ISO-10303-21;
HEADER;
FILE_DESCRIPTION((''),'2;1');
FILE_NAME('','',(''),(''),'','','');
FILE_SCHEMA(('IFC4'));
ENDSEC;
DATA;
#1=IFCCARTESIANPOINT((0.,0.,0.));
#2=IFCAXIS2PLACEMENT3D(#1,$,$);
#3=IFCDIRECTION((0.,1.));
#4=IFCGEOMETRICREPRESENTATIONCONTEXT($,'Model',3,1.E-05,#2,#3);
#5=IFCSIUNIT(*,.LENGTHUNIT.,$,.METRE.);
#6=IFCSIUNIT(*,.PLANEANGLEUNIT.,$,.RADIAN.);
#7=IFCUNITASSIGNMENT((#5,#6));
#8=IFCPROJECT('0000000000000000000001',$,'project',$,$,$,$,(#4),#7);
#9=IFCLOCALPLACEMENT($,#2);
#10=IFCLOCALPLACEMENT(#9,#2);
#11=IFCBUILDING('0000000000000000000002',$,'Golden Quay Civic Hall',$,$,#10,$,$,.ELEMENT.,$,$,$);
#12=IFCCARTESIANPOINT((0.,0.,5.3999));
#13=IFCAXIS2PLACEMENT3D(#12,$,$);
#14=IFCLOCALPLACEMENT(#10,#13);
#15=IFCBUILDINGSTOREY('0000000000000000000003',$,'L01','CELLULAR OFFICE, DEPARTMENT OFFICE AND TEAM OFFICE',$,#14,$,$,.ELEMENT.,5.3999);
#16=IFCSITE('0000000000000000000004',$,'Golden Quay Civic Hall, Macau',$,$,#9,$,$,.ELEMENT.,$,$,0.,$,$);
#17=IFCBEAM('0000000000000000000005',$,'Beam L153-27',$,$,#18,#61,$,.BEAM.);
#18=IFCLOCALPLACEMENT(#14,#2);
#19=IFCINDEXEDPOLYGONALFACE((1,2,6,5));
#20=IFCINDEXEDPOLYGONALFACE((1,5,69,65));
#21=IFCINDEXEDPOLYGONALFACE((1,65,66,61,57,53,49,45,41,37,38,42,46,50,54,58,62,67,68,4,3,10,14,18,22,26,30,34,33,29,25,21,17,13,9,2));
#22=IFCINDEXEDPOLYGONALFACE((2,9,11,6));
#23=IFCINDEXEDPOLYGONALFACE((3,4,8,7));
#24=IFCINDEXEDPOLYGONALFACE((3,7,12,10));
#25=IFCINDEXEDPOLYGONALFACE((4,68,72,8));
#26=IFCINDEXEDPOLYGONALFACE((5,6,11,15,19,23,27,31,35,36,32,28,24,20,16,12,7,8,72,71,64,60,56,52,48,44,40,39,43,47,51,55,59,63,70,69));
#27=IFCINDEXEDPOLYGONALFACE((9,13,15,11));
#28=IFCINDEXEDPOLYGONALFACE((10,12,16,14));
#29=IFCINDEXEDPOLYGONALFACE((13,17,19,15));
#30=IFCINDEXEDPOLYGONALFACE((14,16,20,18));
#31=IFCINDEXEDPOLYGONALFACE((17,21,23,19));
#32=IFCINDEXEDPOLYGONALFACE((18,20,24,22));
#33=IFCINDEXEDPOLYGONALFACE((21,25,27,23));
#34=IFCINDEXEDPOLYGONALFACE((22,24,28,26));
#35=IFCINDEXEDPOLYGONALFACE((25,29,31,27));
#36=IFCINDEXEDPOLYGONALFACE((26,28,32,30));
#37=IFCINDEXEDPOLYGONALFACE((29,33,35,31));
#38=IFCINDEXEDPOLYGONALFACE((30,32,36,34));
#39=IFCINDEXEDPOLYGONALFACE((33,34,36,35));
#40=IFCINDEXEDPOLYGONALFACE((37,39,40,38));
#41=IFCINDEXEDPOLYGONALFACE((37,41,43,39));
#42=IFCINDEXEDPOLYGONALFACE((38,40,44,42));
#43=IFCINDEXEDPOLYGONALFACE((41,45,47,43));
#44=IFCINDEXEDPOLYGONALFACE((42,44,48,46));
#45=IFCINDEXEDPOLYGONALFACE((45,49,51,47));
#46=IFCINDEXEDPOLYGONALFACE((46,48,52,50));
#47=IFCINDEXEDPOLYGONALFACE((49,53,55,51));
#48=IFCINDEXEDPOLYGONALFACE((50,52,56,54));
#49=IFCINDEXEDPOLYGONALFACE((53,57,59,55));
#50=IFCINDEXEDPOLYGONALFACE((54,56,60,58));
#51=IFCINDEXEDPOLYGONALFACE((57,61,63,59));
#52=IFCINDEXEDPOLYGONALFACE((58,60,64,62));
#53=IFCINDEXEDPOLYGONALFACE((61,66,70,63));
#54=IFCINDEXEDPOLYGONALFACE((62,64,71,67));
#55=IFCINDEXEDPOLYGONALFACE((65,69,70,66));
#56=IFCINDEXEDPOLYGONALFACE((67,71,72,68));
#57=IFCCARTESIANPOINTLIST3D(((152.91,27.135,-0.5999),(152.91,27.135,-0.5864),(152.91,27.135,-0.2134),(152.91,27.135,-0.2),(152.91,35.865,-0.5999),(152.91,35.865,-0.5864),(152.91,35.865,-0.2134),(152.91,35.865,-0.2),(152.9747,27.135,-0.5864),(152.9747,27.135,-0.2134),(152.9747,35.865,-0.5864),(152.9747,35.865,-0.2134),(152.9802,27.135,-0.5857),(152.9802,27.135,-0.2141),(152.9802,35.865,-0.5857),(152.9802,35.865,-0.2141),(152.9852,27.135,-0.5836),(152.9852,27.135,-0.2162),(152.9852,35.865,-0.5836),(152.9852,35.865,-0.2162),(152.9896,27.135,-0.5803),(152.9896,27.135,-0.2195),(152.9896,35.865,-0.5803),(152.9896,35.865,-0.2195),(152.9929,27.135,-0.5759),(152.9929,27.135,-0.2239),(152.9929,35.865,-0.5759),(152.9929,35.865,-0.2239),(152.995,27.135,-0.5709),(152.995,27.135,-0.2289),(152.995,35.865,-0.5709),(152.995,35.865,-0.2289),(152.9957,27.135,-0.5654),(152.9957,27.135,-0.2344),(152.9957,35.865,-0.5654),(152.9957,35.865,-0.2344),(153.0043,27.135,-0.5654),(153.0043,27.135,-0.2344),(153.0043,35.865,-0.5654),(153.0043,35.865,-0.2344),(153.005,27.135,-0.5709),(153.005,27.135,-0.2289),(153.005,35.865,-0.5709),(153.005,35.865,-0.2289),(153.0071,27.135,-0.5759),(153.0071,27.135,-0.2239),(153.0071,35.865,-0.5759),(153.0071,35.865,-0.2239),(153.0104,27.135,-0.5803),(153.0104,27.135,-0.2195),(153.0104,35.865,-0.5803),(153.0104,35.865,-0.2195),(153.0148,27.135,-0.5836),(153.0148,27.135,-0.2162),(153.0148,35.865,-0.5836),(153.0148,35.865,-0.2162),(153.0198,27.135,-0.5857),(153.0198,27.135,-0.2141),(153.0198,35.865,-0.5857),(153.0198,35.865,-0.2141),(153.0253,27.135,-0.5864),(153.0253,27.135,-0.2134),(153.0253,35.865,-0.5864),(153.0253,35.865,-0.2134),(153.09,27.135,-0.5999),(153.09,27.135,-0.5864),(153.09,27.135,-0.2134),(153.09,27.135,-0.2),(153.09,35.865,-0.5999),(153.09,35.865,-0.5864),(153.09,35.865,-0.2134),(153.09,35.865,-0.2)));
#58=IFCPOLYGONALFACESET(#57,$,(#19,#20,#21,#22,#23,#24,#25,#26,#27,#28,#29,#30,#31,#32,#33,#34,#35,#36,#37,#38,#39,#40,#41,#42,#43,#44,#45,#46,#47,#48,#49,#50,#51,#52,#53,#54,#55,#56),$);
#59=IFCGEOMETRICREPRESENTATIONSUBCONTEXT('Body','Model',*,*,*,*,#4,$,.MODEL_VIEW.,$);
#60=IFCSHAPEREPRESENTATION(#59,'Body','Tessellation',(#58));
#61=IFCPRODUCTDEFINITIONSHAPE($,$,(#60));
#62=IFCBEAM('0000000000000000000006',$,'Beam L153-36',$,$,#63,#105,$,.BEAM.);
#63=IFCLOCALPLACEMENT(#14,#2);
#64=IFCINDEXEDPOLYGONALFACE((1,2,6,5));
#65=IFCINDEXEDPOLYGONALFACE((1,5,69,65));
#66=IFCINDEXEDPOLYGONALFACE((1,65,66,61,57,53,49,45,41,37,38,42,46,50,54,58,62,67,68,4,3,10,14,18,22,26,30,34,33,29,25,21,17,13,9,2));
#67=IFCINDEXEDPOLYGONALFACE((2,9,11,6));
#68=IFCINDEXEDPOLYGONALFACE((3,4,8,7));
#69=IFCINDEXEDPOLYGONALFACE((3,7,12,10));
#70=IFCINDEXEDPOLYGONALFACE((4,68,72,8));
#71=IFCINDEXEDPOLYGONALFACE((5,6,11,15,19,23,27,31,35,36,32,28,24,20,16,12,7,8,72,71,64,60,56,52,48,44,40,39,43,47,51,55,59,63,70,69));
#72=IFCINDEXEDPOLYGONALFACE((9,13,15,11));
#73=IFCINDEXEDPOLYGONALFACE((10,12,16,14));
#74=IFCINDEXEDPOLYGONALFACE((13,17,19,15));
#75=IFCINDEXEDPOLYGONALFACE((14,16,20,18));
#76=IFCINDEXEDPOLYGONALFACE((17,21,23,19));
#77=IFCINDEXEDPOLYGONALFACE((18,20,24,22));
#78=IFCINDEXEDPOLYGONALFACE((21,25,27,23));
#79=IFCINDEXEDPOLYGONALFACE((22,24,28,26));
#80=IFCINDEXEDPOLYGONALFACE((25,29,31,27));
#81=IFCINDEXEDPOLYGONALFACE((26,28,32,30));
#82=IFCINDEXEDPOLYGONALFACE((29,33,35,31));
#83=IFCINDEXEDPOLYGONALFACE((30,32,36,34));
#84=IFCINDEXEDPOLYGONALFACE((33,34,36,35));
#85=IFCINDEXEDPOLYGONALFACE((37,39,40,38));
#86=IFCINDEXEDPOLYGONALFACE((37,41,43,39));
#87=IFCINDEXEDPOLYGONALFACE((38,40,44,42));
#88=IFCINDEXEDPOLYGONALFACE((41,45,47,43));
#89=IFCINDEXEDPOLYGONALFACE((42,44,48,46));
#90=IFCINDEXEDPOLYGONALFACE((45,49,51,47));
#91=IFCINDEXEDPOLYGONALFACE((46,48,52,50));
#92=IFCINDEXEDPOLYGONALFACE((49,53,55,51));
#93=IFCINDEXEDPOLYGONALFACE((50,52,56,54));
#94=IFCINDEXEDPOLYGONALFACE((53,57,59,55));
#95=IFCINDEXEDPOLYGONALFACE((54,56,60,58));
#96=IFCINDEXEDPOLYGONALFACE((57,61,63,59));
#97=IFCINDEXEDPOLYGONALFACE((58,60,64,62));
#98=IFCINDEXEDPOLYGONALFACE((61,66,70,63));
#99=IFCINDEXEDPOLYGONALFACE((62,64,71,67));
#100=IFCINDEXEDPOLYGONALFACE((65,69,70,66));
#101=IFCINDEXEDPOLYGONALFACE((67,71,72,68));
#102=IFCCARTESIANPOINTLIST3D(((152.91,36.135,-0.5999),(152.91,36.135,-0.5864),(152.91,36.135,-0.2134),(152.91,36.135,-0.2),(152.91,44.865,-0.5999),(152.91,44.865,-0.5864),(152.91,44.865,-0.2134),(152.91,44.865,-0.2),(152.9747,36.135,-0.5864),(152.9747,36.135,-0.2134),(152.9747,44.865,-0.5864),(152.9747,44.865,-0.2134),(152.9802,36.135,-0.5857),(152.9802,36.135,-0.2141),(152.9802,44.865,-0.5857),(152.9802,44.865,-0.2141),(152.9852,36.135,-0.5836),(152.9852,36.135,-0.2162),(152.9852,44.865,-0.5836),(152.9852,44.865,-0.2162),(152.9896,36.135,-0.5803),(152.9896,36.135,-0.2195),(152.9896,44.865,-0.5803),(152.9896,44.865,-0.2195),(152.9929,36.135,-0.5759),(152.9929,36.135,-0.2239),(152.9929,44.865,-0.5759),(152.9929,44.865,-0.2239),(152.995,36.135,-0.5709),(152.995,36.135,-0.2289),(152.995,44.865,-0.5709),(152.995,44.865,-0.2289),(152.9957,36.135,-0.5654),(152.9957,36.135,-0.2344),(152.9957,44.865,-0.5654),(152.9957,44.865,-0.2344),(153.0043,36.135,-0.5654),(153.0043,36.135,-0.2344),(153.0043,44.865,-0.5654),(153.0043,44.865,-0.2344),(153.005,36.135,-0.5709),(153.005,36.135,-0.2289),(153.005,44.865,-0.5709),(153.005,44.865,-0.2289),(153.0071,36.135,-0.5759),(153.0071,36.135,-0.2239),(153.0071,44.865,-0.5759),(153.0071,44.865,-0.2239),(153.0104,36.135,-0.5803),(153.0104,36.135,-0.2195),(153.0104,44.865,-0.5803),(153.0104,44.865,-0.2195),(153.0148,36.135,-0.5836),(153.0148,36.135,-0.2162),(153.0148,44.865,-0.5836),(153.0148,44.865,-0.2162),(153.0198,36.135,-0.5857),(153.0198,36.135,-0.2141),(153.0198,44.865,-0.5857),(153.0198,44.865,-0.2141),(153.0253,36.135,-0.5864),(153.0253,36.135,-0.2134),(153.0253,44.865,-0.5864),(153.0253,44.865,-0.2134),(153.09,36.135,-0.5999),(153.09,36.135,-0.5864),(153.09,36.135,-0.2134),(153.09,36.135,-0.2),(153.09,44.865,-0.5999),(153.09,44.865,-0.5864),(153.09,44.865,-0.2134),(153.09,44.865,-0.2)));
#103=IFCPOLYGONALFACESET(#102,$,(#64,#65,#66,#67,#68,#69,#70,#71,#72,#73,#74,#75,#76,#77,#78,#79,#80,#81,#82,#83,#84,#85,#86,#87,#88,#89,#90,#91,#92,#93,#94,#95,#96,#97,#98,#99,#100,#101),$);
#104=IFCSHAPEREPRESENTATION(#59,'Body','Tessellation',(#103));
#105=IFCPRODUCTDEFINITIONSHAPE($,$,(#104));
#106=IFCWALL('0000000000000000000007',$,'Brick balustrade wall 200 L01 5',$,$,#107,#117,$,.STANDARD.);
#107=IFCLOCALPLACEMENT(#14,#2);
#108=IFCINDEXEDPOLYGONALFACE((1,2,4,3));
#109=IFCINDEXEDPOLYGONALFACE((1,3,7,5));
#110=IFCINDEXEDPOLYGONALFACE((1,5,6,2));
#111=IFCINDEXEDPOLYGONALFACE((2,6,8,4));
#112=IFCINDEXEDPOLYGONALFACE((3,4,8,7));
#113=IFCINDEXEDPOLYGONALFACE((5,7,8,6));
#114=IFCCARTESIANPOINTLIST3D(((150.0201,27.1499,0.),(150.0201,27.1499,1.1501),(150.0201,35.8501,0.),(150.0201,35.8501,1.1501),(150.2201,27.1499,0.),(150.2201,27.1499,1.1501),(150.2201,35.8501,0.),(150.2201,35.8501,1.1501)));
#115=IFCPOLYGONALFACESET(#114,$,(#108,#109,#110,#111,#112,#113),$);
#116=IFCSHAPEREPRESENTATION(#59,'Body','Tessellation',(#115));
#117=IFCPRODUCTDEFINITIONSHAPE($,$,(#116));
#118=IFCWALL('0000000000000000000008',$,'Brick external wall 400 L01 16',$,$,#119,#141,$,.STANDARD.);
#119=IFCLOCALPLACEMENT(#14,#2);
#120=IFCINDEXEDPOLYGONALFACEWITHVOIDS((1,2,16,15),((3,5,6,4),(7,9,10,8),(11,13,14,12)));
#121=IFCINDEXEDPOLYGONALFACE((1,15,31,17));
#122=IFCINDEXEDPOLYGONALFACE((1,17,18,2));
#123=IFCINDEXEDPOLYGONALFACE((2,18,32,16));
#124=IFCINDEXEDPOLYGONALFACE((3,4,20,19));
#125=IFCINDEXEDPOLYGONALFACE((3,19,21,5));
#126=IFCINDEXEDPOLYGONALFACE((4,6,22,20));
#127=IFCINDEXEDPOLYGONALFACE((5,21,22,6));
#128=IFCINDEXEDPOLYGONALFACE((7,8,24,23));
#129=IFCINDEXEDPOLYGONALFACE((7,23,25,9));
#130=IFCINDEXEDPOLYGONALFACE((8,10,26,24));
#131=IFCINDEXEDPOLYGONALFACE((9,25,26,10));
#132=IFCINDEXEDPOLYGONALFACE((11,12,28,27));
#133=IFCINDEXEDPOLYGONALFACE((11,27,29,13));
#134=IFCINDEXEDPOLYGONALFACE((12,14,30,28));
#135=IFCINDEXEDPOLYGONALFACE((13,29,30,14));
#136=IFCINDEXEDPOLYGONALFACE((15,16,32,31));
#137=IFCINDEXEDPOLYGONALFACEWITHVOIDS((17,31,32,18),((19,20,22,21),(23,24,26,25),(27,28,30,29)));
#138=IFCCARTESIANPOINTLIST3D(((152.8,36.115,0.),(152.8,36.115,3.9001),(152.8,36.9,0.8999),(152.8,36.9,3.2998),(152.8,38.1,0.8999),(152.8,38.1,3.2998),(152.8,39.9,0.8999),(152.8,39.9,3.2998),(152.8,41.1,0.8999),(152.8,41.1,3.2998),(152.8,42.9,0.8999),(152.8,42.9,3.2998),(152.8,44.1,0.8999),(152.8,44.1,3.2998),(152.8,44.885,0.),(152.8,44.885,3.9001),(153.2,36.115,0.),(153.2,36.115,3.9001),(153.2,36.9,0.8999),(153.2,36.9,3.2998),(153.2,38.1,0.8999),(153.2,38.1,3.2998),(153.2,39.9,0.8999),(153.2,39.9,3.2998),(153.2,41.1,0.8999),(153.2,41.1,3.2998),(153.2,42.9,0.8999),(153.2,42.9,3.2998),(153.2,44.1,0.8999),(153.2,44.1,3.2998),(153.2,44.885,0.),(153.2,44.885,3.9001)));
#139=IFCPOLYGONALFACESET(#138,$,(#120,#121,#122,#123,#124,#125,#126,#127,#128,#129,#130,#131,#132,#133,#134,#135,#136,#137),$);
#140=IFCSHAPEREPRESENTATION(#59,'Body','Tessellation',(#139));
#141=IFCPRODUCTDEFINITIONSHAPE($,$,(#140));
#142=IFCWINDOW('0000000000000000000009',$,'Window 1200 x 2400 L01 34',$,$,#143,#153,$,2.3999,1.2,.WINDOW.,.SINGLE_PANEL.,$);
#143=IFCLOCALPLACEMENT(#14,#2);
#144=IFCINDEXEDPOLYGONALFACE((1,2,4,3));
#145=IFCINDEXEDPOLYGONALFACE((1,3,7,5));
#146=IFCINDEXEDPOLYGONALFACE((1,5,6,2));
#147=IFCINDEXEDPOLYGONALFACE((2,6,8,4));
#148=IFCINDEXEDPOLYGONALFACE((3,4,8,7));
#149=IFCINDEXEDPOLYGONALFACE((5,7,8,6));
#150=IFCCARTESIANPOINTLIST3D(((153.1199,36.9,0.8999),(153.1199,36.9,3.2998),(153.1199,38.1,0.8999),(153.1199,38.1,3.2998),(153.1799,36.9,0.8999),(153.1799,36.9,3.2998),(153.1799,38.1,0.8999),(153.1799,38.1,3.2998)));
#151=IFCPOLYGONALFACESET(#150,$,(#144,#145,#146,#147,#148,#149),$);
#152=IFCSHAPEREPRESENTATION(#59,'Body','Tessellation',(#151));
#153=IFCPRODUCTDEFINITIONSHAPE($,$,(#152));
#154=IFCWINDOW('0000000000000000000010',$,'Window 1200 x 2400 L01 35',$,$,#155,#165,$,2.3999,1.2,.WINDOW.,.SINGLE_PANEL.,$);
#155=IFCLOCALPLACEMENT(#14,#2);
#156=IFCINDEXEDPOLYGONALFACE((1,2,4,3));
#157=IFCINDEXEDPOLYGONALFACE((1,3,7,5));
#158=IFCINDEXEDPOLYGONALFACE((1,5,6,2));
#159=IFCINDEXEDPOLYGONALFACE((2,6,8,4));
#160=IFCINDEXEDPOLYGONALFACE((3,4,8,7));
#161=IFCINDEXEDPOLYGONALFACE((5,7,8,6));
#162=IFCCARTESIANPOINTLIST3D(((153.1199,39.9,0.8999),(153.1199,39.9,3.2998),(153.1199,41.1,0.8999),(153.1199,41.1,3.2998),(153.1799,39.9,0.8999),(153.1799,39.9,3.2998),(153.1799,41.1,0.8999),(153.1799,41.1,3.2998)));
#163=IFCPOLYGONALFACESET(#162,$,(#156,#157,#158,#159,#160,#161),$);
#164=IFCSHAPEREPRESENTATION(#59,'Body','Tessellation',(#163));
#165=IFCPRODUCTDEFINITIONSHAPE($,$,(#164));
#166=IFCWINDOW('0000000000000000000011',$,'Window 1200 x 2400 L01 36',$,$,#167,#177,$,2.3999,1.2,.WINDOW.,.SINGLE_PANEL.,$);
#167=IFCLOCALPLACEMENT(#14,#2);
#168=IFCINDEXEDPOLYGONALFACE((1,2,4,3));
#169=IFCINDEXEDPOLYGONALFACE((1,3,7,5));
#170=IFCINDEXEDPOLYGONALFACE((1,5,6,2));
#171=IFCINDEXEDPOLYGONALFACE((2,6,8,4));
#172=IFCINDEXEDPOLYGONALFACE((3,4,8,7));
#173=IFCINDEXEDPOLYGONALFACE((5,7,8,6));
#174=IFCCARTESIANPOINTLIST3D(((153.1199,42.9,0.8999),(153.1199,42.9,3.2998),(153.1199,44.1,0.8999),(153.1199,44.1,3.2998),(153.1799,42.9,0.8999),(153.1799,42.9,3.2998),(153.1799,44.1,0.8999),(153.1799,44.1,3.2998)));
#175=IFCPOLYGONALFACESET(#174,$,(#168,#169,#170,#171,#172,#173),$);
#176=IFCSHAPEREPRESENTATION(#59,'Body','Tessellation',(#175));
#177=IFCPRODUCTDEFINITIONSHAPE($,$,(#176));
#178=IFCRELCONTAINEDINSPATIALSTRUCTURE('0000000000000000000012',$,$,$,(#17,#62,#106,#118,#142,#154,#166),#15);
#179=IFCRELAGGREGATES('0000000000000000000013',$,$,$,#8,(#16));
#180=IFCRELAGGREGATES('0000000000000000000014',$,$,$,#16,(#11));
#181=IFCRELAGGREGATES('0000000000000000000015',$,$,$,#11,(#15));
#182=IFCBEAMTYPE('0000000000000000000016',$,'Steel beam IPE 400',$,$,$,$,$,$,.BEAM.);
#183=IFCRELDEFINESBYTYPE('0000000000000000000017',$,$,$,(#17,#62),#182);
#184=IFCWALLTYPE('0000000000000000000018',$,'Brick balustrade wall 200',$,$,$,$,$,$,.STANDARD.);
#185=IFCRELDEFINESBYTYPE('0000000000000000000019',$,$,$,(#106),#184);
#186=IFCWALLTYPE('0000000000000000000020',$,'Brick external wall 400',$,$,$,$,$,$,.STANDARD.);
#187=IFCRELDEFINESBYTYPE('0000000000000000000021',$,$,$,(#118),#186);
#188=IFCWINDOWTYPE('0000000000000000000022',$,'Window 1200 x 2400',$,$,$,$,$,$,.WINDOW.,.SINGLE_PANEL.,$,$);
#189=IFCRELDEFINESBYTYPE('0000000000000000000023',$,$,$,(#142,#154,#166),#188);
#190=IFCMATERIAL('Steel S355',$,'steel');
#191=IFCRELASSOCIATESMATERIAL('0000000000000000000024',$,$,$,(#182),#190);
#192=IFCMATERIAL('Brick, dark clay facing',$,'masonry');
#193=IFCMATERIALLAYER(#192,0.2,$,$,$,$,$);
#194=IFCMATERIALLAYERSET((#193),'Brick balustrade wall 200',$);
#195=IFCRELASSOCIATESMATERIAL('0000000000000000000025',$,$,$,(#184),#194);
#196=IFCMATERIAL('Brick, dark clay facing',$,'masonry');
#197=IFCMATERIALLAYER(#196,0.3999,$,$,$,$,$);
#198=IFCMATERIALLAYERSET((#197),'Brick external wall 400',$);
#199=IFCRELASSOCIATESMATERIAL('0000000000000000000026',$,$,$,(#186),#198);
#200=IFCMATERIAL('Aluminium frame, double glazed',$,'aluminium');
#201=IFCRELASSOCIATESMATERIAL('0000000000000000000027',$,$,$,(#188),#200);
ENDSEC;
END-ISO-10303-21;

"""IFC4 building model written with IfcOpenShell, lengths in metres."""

from ifc_helpers import new_model, si_unit, direction, frame, frame_2d, origin, origin_2d, place, context, subcontext, project, spatial, rectangle, i_section, extrude, material, layer, layer_set, material_profile, profile_set, type_object, element, fill, save


model = new_model("IFC4")

# Units and contexts
model_context = context("Model", 3, precision=1e-05, world=origin(), true_north=direction((0.0, 1.0)))
body_context = subcontext(model_context, "Body", "Model", "MODEL_VIEW")
ifc_project = project(units=[si_unit("LENGTHUNIT", "METRE"), si_unit("PLANEANGLEUNIT", "RADIAN")], contexts=[model_context])

# Site, building, storey
site_placement = place(None, origin())
site = spatial("IfcSite", under=ifc_project, at=site_placement, Name="Golden Quay Civic Hall, Macau", CompositionType="ELEMENT", RefElevation=0.0)
building_placement = place(site_placement, origin())
building = spatial("IfcBuilding", under=site, at=building_placement, Name="Golden Quay Civic Hall", CompositionType="ELEMENT")
storey_placement = place(building_placement, frame((0.0, 0.0, 5.3999)))
storey = spatial("IfcBuildingStorey", under=building, at=storey_placement, Name="L01", Description="CELLULAR OFFICE, DEPARTMENT OFFICE AND TEAM OFFICE", CompositionType="ELEMENT", Elevation=5.3999)

# Beams
ifc_material_1 = material(Name="Steel S355", Category="steel")
ifc_material_profile_1 = material_profile(ifc_material_1, i_section(OverallWidth=0.1799, OverallDepth=0.3999, WebThickness=0.0085, FlangeThickness=0.0134, FilletRadius=0.021, at=origin_2d()), Name="IPE 400")
ifc_profile_set_1 = profile_set([ifc_material_profile_1], Name="Steel S355")
beam_type_1 = type_object("IfcBeamType", Name="Steel beam IPE 400", PredefinedType="BEAM", material=ifc_profile_set_1)
for number, where, z_axis, x_axis, name in (
    (1, (153.0, 27.135, -0.3999), (0.0, 1.0, 0.0), (-1.0, 0.0, 0.0), "Beam L153-27"),
    (2, (153.0, 36.135, -0.3999), (0.0, 1.0, 0.0), (-1.0, 0.0, 0.0), "Beam L153-36"),
):
    element("IfcBeam", number, at=place(storey_placement, frame(where, z_axis=z_axis, x_axis=x_axis)), inside=storey, type_object=beam_type_1, Name=name, PredefinedType="BEAM", context=body_context, shape_type="SweptSolid", body=[
        extrude(i_section(OverallWidth=0.1799, OverallDepth=0.3999, WebThickness=0.0085, FlangeThickness=0.0134, FilletRadius=0.021, at=origin_2d()), origin(), (0.0, 0.0, 1.0), 8.73),
    ])

# Wall
ifc_material_2 = material(Name="Brick, dark clay facing", Category="masonry")
ifc_layer_1 = layer(ifc_material_2, 0.2)
ifc_layer_set_1 = layer_set([ifc_layer_1], Name="Brick balustrade wall 200")
wall_type_1 = type_object("IfcWallType", Name="Brick balustrade wall 200", PredefinedType="STANDARD", material=ifc_layer_set_1)
wall_1_placement = place(storey_placement, frame((150.1201, 27.1499, 0.0), z_axis=(0.0, 0.0, 1.0), x_axis=(0.0, 1.0, 0.0)))
element("IfcWall", 3, at=wall_1_placement, inside=storey, type_object=wall_type_1, Name="Brick balustrade wall 200 L01 5", PredefinedType="STANDARD", context=body_context, shape_type="SweptSolid", body=[
    extrude(rectangle(XDim=8.7002, YDim=0.2, at=frame_2d((4.3501, 0.0))), origin(), (0.0, 0.0, 1.0), 1.1501),
])

# Shared definitions
ifc_material_3 = material(Name="Brick, dark clay facing", Category="masonry")
ifc_layer_2 = layer(ifc_material_3, 0.3999)
ifc_layer_set_2 = layer_set([ifc_layer_2], Name="Brick external wall 400")
wall_type_2 = type_object("IfcWallType", Name="Brick external wall 400", PredefinedType="STANDARD", material=ifc_layer_set_2)
ifc_material_4 = material(Name="Aluminium frame, double glazed", Category="aluminium")
window_type = type_object("IfcWindowType", Name="Window 1200 x 2400", PartitioningType="SINGLE_PANEL", PredefinedType="WINDOW", material=ifc_material_4)

# Wall, openings, windows
wall_2_placement = place(storey_placement, frame((153.0, 36.115, 0.0), z_axis=(0.0, 0.0, 1.0), x_axis=(0.0, 1.0, 0.0)))
wall_2 = element("IfcWall", 4, at=wall_2_placement, inside=storey, type_object=wall_type_2, Name="Brick external wall 400 L01 16", PredefinedType="STANDARD", context=body_context, shape_type="SweptSolid", body=[
    extrude(rectangle(XDim=8.77, YDim=0.3999, at=frame_2d((4.385, 0.0))), origin(), (0.0, 0.0, 1.0), 3.9001),
])
opening_1_placement = place(wall_2_placement, frame((0.7849, 0.0, 0.8999)))
opening_1 = element("IfcOpeningElement", 5, at=opening_1_placement, cuts=wall_2, PredefinedType="OPENING", context=body_context, shape_type="SweptSolid", body=[
    extrude(rectangle(XDim=1.2, YDim=2.3999, at=frame_2d((0.6001, 1.2))), frame((0.0, 0.21, 0.0), z_axis=(0.0, -1.0, 0.0), x_axis=(1.0, 0.0, 0.0)), (0.0, 0.0, 1.0), 0.4199),
])
opening_2_placement = place(wall_2_placement, frame((3.7849, 0.0, 0.8999)))
opening_2 = element("IfcOpeningElement", 6, at=opening_2_placement, cuts=wall_2, PredefinedType="OPENING", context=body_context, shape_type="SweptSolid", body=[
    extrude(rectangle(XDim=1.2, YDim=2.3999, at=frame_2d((0.6001, 1.2))), frame((0.0, 0.21, 0.0), z_axis=(0.0, -1.0, 0.0), x_axis=(1.0, 0.0, 0.0)), (0.0, 0.0, 1.0), 0.4199),
])
opening_3_placement = place(wall_2_placement, frame((6.7849, 0.0, 0.8999)))
opening_3 = element("IfcOpeningElement", 7, at=opening_3_placement, cuts=wall_2, PredefinedType="OPENING", context=body_context, shape_type="SweptSolid", body=[
    extrude(rectangle(XDim=1.2, YDim=2.3999, at=frame_2d((0.6001, 1.2))), frame((0.0, 0.21, 0.0), z_axis=(0.0, -1.0, 0.0), x_axis=(1.0, 0.0, 0.0)), (0.0, 0.0, 1.0), 0.4199),
])
window_1_placement = place(opening_1_placement, origin())
window_1 = element("IfcWindow", 8, at=window_1_placement, inside=storey, type_object=window_type, Name="Window 1200 x 2400 L01 34", OverallHeight=2.3999, OverallWidth=1.2, PartitioningType="SINGLE_PANEL", PredefinedType="WINDOW", context=body_context, shape_type="SweptSolid", body=[
    extrude(rectangle(XDim=1.2, YDim=2.3999, at=frame_2d((0.6001, 1.2))), frame((0.0, -0.1199, 0.0), z_axis=(0.0, -1.0, 0.0), x_axis=(1.0, 0.0, 0.0)), (0.0, 0.0, 1.0), 0.0601),
])
fill(opening_1, window_1)
window_2_placement = place(opening_2_placement, origin())
window_2 = element("IfcWindow", 9, at=window_2_placement, inside=storey, type_object=window_type, Name="Window 1200 x 2400 L01 35", OverallHeight=2.3999, OverallWidth=1.2, PartitioningType="SINGLE_PANEL", PredefinedType="WINDOW", context=body_context, shape_type="SweptSolid", body=[
    extrude(rectangle(XDim=1.2, YDim=2.3999, at=frame_2d((0.6001, 1.2))), frame((0.0, -0.1199, 0.0), z_axis=(0.0, -1.0, 0.0), x_axis=(1.0, 0.0, 0.0)), (0.0, 0.0, 1.0), 0.0601),
])
fill(opening_2, window_2)
window_3_placement = place(opening_3_placement, origin())
window_3 = element("IfcWindow", 10, at=window_3_placement, inside=storey, type_object=window_type, Name="Window 1200 x 2400 L01 36", OverallHeight=2.3999, OverallWidth=1.2, PartitioningType="SINGLE_PANEL", PredefinedType="WINDOW", context=body_context, shape_type="SweptSolid", body=[
    extrude(rectangle(XDim=1.2, YDim=2.3999, at=frame_2d((0.6001, 1.2))), frame((0.0, -0.1199, 0.0), z_axis=(0.0, -1.0, 0.0), x_axis=(1.0, 0.0, 0.0)), (0.0, 0.0, 1.0), 0.0601),
])
fill(opening_3, window_3)

save(model, "model.ifc")
